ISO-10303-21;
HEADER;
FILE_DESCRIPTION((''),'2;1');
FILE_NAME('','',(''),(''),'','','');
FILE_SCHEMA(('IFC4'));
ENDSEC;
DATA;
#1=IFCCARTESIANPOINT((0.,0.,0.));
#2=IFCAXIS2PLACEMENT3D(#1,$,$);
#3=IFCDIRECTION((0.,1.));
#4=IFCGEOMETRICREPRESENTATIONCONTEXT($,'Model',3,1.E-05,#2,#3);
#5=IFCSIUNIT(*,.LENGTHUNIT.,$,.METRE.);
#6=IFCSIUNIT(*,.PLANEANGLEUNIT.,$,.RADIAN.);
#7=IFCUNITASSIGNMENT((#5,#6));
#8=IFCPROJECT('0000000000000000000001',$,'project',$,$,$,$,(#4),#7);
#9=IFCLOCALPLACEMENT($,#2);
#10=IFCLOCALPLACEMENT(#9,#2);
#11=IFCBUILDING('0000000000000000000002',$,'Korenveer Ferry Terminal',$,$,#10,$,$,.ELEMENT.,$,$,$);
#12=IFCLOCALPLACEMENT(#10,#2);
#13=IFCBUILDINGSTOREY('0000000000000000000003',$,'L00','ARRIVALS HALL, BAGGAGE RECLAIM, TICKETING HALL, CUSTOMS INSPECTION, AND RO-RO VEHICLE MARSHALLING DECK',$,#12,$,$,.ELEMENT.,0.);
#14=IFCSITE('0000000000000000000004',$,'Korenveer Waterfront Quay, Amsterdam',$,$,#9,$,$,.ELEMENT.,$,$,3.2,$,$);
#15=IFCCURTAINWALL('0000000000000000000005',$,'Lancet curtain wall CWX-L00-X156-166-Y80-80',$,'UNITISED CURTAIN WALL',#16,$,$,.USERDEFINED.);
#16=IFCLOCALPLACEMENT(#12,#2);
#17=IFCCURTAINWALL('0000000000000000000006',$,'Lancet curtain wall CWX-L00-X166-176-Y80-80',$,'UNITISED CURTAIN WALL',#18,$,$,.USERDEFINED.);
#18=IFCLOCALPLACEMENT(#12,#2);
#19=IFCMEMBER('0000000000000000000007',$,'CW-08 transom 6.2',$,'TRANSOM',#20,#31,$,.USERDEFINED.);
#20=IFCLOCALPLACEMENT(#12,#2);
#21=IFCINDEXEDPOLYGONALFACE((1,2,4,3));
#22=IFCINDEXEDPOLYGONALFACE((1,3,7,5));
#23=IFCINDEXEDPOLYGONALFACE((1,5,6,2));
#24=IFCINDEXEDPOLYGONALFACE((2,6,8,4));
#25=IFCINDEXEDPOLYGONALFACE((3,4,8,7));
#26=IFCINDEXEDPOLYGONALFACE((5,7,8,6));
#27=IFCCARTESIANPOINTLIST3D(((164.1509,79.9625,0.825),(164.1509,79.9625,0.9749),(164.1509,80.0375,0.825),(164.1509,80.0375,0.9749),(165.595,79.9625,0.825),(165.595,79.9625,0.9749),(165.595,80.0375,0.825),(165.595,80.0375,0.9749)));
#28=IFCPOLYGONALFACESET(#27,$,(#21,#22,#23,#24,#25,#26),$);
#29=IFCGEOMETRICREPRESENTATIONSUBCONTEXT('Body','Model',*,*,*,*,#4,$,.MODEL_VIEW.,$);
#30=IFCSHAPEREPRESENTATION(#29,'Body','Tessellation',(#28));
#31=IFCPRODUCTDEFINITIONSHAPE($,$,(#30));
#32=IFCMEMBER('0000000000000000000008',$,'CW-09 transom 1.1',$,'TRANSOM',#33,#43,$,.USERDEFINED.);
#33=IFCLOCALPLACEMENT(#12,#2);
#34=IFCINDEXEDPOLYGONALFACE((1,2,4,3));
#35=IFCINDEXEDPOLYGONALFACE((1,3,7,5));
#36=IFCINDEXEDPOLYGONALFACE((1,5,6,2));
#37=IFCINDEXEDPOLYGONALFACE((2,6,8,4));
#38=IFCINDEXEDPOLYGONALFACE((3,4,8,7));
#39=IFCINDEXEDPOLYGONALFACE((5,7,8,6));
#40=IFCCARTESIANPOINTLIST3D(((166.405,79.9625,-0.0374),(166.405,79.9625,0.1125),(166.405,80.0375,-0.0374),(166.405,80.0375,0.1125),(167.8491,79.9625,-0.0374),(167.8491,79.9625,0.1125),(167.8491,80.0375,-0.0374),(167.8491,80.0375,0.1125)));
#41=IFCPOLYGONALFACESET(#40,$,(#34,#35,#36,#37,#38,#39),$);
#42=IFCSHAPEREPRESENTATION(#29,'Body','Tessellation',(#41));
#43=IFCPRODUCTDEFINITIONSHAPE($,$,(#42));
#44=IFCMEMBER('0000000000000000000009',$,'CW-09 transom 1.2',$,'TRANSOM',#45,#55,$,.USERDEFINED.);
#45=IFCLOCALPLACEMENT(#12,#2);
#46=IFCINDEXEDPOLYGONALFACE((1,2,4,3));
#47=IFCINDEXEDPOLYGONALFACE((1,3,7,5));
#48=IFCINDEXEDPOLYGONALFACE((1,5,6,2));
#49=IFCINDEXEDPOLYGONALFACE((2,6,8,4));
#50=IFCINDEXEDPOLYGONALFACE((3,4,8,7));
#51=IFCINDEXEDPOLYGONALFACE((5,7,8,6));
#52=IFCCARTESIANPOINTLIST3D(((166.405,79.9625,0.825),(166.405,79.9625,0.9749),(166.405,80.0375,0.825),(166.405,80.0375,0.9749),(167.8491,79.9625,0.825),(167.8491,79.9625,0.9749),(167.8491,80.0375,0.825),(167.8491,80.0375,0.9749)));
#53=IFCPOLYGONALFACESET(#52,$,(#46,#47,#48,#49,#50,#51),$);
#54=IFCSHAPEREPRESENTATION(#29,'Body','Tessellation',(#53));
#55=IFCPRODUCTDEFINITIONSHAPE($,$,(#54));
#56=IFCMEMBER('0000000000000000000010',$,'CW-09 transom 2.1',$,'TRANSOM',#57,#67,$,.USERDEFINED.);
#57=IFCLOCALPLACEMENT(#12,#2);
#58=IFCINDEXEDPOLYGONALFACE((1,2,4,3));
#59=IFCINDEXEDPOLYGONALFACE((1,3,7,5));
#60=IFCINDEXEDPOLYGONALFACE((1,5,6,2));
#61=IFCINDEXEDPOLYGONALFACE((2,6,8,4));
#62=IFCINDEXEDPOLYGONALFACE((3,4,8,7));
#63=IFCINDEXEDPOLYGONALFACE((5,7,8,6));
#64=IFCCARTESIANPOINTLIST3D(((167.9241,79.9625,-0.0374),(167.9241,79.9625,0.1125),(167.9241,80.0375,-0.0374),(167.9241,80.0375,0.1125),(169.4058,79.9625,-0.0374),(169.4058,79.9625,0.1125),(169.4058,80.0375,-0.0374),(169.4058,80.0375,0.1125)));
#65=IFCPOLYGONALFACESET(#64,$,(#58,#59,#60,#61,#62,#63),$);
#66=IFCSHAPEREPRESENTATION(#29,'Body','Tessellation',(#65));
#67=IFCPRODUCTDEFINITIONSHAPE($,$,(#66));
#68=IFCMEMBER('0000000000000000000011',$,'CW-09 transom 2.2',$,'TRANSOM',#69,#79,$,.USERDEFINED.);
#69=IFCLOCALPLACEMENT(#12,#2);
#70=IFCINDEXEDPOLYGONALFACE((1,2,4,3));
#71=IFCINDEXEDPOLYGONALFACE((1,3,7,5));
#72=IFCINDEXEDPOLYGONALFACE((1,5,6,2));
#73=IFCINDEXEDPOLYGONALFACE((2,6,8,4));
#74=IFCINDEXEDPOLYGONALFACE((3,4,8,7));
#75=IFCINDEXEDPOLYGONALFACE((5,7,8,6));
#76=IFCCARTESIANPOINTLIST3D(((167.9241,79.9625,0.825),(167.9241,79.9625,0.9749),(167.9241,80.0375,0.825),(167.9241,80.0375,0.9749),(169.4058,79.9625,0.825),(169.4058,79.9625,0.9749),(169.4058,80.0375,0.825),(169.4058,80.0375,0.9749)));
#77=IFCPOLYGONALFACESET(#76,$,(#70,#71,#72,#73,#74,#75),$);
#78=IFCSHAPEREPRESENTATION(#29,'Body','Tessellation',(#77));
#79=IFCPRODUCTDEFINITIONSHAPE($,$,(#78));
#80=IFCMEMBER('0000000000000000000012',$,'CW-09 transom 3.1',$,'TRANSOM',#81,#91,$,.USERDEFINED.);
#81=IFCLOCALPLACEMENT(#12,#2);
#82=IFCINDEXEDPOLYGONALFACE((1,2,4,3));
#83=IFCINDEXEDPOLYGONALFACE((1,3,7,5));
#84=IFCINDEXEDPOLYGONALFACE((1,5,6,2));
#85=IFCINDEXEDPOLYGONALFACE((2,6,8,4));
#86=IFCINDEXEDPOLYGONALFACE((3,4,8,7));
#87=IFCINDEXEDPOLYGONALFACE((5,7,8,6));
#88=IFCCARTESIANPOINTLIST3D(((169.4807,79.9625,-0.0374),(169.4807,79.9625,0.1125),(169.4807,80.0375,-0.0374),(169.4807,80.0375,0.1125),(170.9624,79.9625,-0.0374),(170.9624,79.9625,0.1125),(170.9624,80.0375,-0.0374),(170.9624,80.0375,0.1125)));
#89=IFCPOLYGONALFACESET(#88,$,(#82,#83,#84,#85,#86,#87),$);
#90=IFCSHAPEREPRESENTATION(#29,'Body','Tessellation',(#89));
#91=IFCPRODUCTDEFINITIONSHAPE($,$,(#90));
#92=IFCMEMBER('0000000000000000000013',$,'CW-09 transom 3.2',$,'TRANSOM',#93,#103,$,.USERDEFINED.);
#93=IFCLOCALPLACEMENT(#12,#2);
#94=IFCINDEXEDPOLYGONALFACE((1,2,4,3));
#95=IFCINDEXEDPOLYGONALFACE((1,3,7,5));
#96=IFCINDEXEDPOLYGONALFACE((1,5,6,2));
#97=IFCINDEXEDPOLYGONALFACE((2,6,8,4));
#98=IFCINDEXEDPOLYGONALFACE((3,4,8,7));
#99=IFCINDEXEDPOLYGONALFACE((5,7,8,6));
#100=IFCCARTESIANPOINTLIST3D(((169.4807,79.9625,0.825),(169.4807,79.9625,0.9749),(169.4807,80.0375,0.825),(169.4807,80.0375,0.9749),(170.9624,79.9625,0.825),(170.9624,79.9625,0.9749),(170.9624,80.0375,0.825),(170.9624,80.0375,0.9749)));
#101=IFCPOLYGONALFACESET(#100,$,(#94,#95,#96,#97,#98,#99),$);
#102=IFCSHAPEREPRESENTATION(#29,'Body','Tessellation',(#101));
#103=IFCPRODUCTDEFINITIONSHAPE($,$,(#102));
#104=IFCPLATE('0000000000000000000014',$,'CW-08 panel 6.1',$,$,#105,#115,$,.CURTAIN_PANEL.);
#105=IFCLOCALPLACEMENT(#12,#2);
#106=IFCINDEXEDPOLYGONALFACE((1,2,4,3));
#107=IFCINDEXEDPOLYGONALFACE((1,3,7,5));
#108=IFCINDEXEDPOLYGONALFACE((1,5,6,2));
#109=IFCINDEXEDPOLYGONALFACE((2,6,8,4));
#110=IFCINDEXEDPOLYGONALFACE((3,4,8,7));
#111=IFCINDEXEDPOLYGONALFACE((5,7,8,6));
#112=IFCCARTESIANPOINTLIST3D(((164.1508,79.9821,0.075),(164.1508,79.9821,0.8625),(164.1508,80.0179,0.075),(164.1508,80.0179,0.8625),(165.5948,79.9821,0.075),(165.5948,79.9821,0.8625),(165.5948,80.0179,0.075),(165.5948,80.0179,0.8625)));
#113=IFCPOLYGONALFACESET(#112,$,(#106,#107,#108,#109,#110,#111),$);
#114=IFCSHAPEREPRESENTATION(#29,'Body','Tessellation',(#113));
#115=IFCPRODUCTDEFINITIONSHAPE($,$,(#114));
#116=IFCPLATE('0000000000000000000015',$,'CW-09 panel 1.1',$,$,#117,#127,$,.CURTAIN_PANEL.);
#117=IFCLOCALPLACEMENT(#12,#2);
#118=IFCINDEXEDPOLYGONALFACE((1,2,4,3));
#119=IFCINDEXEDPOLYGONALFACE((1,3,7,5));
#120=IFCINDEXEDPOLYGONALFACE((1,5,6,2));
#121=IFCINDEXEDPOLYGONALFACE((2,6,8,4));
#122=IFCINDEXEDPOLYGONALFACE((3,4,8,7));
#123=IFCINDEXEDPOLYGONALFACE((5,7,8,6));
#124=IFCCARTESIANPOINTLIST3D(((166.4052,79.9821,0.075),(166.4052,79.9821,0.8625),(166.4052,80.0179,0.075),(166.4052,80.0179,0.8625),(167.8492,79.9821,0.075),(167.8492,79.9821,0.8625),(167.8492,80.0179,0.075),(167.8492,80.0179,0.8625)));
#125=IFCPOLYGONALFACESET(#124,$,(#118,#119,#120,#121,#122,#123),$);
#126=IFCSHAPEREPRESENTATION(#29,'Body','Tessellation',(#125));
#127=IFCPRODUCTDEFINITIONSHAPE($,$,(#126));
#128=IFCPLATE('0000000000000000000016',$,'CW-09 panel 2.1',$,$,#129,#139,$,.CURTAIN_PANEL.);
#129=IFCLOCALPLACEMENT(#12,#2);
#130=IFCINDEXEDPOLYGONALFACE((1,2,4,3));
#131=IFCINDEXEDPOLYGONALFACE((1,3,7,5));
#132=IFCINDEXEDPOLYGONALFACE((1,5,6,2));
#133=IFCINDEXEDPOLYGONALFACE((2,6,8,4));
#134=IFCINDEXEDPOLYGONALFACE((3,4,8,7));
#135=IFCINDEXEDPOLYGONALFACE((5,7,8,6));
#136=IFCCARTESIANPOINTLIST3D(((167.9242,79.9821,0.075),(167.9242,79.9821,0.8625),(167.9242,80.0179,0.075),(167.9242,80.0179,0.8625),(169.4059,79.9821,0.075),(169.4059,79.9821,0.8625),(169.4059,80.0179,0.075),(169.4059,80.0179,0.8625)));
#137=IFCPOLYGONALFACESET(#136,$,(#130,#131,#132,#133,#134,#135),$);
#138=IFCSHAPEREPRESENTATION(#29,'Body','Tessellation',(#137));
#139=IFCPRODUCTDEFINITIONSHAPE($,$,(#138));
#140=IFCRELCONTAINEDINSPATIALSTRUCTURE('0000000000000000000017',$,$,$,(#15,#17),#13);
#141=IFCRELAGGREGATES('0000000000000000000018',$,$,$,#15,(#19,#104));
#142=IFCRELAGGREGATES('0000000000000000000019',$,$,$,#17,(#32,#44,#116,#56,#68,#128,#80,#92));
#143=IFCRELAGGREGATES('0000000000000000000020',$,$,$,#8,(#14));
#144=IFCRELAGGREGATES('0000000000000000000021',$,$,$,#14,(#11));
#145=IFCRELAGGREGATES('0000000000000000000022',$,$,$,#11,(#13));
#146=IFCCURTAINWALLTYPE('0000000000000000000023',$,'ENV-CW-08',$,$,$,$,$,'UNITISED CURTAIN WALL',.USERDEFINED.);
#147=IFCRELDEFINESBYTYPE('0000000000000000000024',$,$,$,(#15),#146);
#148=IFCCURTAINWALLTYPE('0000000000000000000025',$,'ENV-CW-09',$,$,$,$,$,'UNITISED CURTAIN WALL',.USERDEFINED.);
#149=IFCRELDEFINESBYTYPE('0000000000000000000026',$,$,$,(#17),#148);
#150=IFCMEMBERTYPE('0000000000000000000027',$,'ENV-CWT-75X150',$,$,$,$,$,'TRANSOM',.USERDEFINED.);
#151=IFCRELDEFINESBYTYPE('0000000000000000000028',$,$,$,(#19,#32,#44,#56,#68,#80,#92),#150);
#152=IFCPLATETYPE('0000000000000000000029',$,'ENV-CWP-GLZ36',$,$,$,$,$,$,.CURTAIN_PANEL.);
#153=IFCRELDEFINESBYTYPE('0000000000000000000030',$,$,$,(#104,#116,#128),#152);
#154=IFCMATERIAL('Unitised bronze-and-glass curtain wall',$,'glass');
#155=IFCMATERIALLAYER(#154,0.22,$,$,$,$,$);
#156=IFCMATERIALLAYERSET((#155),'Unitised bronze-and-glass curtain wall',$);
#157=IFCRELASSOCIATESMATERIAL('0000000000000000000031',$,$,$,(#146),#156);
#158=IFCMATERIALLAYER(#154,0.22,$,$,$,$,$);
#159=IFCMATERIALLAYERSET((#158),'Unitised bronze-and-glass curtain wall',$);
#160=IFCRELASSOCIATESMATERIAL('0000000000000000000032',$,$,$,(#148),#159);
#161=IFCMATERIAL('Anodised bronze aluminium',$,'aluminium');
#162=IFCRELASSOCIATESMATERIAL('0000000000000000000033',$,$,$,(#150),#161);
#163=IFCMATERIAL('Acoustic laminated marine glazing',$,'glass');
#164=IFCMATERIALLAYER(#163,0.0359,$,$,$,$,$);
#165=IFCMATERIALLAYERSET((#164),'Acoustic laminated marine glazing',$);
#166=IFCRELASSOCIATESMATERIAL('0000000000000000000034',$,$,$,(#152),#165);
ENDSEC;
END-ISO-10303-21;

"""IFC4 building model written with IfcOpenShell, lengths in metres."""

from ifc_helpers import new_model, si_unit, direction, frame, origin, origin_2d, place, context, subcontext, project, spatial, rectangle, extrude, material, layer, layer_set, material_profile, profile_set, type_object, element, aggregate, save


model = new_model("IFC4")

# Units and contexts
model_context = context("Model", 3, precision=1e-05, world=origin(), true_north=direction((0.0, 1.0)))
body_context = subcontext(model_context, "Body", "Model", "MODEL_VIEW")
ifc_project = project(units=[si_unit("LENGTHUNIT", "METRE"), si_unit("PLANEANGLEUNIT", "RADIAN")], contexts=[model_context])

# Site, building, storey
site_placement = place(None, origin())
site = spatial("IfcSite", under=ifc_project, at=site_placement, Name="Korenveer Waterfront Quay, Amsterdam", CompositionType="ELEMENT", RefElevation=3.2)
building_placement = place(site_placement, origin())
building = spatial("IfcBuilding", under=site, at=building_placement, Name="Korenveer Ferry Terminal", CompositionType="ELEMENT")
storey_placement = place(building_placement, origin())
storey = spatial("IfcBuildingStorey", under=building, at=storey_placement, Name="L00", Description="ARRIVALS HALL, BAGGAGE RECLAIM, TICKETING HALL, CUSTOMS INSPECTION, AND RO-RO VEHICLE MARSHALLING DECK", CompositionType="ELEMENT", Elevation=0.0)

# Curtain walls
ifc_material_1 = material(Name="Unitised bronze-and-glass curtain wall", Category="glass")
ifc_layer_1 = layer(ifc_material_1, 0.22)
ifc_layer_set_1 = layer_set([ifc_layer_1], Name="Unitised bronze-and-glass curtain wall")
curtain_wall_type_1 = type_object("IfcCurtainWallType", Name="ENV-CW-08", ElementType="UNITISED CURTAIN WALL", PredefinedType="USERDEFINED", material=ifc_layer_set_1)
curtain_wall_1_placement = place(storey_placement, frame((156.3301, 80.0, 0.0)))
curtain_wall_1 = element("IfcCurtainWall", 1, at=curtain_wall_1_placement, inside=storey, type_object=curtain_wall_type_1, Name="Lancet curtain wall CWX-L00-X156-166-Y80-80", ObjectType="UNITISED CURTAIN WALL", PredefinedType="USERDEFINED")
ifc_material_2 = material(Name="Anodised bronze aluminium", Category="aluminium")
ifc_layer_2 = layer(ifc_material_1, 0.22)
ifc_layer_set_2 = layer_set([ifc_layer_2], Name="Unitised bronze-and-glass curtain wall")
curtain_wall_type_2 = type_object("IfcCurtainWallType", Name="ENV-CW-09", ElementType="UNITISED CURTAIN WALL", PredefinedType="USERDEFINED", material=ifc_layer_set_2)
curtain_wall_2_placement = place(storey_placement, frame((166.3301, 80.0, 0.0)))
curtain_wall_2 = element("IfcCurtainWall", 2, at=curtain_wall_2_placement, inside=storey, type_object=curtain_wall_type_2, Name="Lancet curtain wall CWX-L00-X166-176-Y80-80", ObjectType="UNITISED CURTAIN WALL", PredefinedType="USERDEFINED")

# Members
ifc_material_profile_1 = material_profile(ifc_material_2, rectangle(XDim=0.075, YDim=0.1499, at=origin_2d()), Name="ALU 75x150")
ifc_profile_set_1 = profile_set([ifc_material_profile_1], Name="Anodised bronze aluminium")
member_type_1 = type_object("IfcMemberType", Name="ENV-CWT-75X150", ElementType="TRANSOM", PredefinedType="USERDEFINED", material=ifc_profile_set_1)
member_1_placement = place(storey_placement, frame((164.1509, 80.0, 0.8999), z_axis=(1.0, 0.0, 0.0), x_axis=(0.0, 1.0, 0.0)))
member_1 = element("IfcMember", 3, at=member_1_placement, type_object=member_type_1, Name="CW-08 transom 6.2", ObjectType="TRANSOM", PredefinedType="USERDEFINED", context=body_context, shape_type="SweptSolid", body=[
    extrude(rectangle(XDim=0.075, YDim=0.1499, at=origin_2d()), origin(), (0.0, 0.0, 1.0), 1.4441),
])
member_2_placement = place(storey_placement, frame((166.405, 80.0, 0.0376), z_axis=(1.0, 0.0, 0.0), x_axis=(0.0, 1.0, 0.0)))
member_2 = element("IfcMember", 4, at=member_2_placement, type_object=member_type_1, Name="CW-09 transom 1.1", ObjectType="TRANSOM", PredefinedType="USERDEFINED", context=body_context, shape_type="SweptSolid", body=[
    extrude(rectangle(XDim=0.075, YDim=0.1499, at=origin_2d()), origin(), (0.0, 0.0, 1.0), 1.4441),
])
member_3_placement = place(storey_placement, frame((166.405, 80.0, 0.8999), z_axis=(1.0, 0.0, 0.0), x_axis=(0.0, 1.0, 0.0)))
member_3 = element("IfcMember", 5, at=member_3_placement, type_object=member_type_1, Name="CW-09 transom 1.2", ObjectType="TRANSOM", PredefinedType="USERDEFINED", context=body_context, shape_type="SweptSolid", body=[
    extrude(rectangle(XDim=0.075, YDim=0.1499, at=origin_2d()), origin(), (0.0, 0.0, 1.0), 1.4441),
])
member_4_placement = place(storey_placement, frame((167.9241, 80.0, 0.0376), z_axis=(1.0, 0.0, 0.0), x_axis=(0.0, 1.0, 0.0)))
member_4 = element("IfcMember", 6, at=member_4_placement, type_object=member_type_1, Name="CW-09 transom 2.1", ObjectType="TRANSOM", PredefinedType="USERDEFINED", context=body_context, shape_type="SweptSolid", body=[
    extrude(rectangle(XDim=0.075, YDim=0.1499, at=origin_2d()), origin(), (0.0, 0.0, 1.0), 1.4817),
])
member_5_placement = place(storey_placement, frame((167.9241, 80.0, 0.8999), z_axis=(1.0, 0.0, 0.0), x_axis=(0.0, 1.0, 0.0)))
member_5 = element("IfcMember", 7, at=member_5_placement, type_object=member_type_1, Name="CW-09 transom 2.2", ObjectType="TRANSOM", PredefinedType="USERDEFINED", context=body_context, shape_type="SweptSolid", body=[
    extrude(rectangle(XDim=0.075, YDim=0.1499, at=origin_2d()), origin(), (0.0, 0.0, 1.0), 1.4817),
])
member_6_placement = place(storey_placement, frame((169.4807, 80.0, 0.0376), z_axis=(1.0, 0.0, 0.0), x_axis=(0.0, 1.0, 0.0)))
member_6 = element("IfcMember", 8, at=member_6_placement, type_object=member_type_1, Name="CW-09 transom 3.1", ObjectType="TRANSOM", PredefinedType="USERDEFINED", context=body_context, shape_type="SweptSolid", body=[
    extrude(rectangle(XDim=0.075, YDim=0.1499, at=origin_2d()), origin(), (0.0, 0.0, 1.0), 1.4817),
])
member_7_placement = place(storey_placement, frame((169.4807, 80.0, 0.8999), z_axis=(1.0, 0.0, 0.0), x_axis=(0.0, 1.0, 0.0)))
member_7 = element("IfcMember", 9, at=member_7_placement, type_object=member_type_1, Name="CW-09 transom 3.2", ObjectType="TRANSOM", PredefinedType="USERDEFINED", context=body_context, shape_type="SweptSolid", body=[
    extrude(rectangle(XDim=0.075, YDim=0.1499, at=origin_2d()), origin(), (0.0, 0.0, 1.0), 1.4817),
])

# Plates
ifc_material_3 = material(Name="Acoustic laminated marine glazing", Category="glass")
ifc_layer_3 = layer(ifc_material_3, 0.0359)
ifc_layer_set_3 = layer_set([ifc_layer_3], Name="Acoustic laminated marine glazing")
plate_type = type_object("IfcPlateType", Name="ENV-CWP-GLZ36", PredefinedType="CURTAIN_PANEL", material=ifc_layer_set_3)
plate_1_placement = place(storey_placement, frame((164.8728, 80.0, 0.075), z_axis=(0.0, 0.0, 1.0), x_axis=(1.0, 0.0, 0.0)))
plate_1 = element("IfcPlate", 10, at=plate_1_placement, type_object=plate_type, Name="CW-08 panel 6.1", PredefinedType="CURTAIN_PANEL", context=body_context, shape_type="SweptSolid", body=[
    extrude(rectangle(XDim=1.4441, YDim=0.0359, at=origin_2d()), origin(), (0.0, 0.0, 1.0), 0.7876),
])
aggregate(curtain_wall_1, [member_1, plate_1])
plate_2_placement = place(storey_placement, frame((167.1272, 80.0, 0.075), z_axis=(0.0, 0.0, 1.0), x_axis=(1.0, 0.0, 0.0)))
plate_2 = element("IfcPlate", 11, at=plate_2_placement, type_object=plate_type, Name="CW-09 panel 1.1", PredefinedType="CURTAIN_PANEL", context=body_context, shape_type="SweptSolid", body=[
    extrude(rectangle(XDim=1.4441, YDim=0.0359, at=origin_2d()), origin(), (0.0, 0.0, 1.0), 0.7876),
])
plate_3_placement = place(storey_placement, frame((168.665, 80.0, 0.075), z_axis=(0.0, 0.0, 1.0), x_axis=(1.0, 0.0, 0.0)))
plate_3 = element("IfcPlate", 12, at=plate_3_placement, type_object=plate_type, Name="CW-09 panel 2.1", PredefinedType="CURTAIN_PANEL", context=body_context, shape_type="SweptSolid", body=[
    extrude(rectangle(XDim=1.4817, YDim=0.0359, at=origin_2d()), origin(), (0.0, 0.0, 1.0), 0.7876),
])
aggregate(curtain_wall_2, [member_2, member_3, plate_2, member_4, member_5, plate_3, member_6, member_7])

save(model, "model.ifc")
